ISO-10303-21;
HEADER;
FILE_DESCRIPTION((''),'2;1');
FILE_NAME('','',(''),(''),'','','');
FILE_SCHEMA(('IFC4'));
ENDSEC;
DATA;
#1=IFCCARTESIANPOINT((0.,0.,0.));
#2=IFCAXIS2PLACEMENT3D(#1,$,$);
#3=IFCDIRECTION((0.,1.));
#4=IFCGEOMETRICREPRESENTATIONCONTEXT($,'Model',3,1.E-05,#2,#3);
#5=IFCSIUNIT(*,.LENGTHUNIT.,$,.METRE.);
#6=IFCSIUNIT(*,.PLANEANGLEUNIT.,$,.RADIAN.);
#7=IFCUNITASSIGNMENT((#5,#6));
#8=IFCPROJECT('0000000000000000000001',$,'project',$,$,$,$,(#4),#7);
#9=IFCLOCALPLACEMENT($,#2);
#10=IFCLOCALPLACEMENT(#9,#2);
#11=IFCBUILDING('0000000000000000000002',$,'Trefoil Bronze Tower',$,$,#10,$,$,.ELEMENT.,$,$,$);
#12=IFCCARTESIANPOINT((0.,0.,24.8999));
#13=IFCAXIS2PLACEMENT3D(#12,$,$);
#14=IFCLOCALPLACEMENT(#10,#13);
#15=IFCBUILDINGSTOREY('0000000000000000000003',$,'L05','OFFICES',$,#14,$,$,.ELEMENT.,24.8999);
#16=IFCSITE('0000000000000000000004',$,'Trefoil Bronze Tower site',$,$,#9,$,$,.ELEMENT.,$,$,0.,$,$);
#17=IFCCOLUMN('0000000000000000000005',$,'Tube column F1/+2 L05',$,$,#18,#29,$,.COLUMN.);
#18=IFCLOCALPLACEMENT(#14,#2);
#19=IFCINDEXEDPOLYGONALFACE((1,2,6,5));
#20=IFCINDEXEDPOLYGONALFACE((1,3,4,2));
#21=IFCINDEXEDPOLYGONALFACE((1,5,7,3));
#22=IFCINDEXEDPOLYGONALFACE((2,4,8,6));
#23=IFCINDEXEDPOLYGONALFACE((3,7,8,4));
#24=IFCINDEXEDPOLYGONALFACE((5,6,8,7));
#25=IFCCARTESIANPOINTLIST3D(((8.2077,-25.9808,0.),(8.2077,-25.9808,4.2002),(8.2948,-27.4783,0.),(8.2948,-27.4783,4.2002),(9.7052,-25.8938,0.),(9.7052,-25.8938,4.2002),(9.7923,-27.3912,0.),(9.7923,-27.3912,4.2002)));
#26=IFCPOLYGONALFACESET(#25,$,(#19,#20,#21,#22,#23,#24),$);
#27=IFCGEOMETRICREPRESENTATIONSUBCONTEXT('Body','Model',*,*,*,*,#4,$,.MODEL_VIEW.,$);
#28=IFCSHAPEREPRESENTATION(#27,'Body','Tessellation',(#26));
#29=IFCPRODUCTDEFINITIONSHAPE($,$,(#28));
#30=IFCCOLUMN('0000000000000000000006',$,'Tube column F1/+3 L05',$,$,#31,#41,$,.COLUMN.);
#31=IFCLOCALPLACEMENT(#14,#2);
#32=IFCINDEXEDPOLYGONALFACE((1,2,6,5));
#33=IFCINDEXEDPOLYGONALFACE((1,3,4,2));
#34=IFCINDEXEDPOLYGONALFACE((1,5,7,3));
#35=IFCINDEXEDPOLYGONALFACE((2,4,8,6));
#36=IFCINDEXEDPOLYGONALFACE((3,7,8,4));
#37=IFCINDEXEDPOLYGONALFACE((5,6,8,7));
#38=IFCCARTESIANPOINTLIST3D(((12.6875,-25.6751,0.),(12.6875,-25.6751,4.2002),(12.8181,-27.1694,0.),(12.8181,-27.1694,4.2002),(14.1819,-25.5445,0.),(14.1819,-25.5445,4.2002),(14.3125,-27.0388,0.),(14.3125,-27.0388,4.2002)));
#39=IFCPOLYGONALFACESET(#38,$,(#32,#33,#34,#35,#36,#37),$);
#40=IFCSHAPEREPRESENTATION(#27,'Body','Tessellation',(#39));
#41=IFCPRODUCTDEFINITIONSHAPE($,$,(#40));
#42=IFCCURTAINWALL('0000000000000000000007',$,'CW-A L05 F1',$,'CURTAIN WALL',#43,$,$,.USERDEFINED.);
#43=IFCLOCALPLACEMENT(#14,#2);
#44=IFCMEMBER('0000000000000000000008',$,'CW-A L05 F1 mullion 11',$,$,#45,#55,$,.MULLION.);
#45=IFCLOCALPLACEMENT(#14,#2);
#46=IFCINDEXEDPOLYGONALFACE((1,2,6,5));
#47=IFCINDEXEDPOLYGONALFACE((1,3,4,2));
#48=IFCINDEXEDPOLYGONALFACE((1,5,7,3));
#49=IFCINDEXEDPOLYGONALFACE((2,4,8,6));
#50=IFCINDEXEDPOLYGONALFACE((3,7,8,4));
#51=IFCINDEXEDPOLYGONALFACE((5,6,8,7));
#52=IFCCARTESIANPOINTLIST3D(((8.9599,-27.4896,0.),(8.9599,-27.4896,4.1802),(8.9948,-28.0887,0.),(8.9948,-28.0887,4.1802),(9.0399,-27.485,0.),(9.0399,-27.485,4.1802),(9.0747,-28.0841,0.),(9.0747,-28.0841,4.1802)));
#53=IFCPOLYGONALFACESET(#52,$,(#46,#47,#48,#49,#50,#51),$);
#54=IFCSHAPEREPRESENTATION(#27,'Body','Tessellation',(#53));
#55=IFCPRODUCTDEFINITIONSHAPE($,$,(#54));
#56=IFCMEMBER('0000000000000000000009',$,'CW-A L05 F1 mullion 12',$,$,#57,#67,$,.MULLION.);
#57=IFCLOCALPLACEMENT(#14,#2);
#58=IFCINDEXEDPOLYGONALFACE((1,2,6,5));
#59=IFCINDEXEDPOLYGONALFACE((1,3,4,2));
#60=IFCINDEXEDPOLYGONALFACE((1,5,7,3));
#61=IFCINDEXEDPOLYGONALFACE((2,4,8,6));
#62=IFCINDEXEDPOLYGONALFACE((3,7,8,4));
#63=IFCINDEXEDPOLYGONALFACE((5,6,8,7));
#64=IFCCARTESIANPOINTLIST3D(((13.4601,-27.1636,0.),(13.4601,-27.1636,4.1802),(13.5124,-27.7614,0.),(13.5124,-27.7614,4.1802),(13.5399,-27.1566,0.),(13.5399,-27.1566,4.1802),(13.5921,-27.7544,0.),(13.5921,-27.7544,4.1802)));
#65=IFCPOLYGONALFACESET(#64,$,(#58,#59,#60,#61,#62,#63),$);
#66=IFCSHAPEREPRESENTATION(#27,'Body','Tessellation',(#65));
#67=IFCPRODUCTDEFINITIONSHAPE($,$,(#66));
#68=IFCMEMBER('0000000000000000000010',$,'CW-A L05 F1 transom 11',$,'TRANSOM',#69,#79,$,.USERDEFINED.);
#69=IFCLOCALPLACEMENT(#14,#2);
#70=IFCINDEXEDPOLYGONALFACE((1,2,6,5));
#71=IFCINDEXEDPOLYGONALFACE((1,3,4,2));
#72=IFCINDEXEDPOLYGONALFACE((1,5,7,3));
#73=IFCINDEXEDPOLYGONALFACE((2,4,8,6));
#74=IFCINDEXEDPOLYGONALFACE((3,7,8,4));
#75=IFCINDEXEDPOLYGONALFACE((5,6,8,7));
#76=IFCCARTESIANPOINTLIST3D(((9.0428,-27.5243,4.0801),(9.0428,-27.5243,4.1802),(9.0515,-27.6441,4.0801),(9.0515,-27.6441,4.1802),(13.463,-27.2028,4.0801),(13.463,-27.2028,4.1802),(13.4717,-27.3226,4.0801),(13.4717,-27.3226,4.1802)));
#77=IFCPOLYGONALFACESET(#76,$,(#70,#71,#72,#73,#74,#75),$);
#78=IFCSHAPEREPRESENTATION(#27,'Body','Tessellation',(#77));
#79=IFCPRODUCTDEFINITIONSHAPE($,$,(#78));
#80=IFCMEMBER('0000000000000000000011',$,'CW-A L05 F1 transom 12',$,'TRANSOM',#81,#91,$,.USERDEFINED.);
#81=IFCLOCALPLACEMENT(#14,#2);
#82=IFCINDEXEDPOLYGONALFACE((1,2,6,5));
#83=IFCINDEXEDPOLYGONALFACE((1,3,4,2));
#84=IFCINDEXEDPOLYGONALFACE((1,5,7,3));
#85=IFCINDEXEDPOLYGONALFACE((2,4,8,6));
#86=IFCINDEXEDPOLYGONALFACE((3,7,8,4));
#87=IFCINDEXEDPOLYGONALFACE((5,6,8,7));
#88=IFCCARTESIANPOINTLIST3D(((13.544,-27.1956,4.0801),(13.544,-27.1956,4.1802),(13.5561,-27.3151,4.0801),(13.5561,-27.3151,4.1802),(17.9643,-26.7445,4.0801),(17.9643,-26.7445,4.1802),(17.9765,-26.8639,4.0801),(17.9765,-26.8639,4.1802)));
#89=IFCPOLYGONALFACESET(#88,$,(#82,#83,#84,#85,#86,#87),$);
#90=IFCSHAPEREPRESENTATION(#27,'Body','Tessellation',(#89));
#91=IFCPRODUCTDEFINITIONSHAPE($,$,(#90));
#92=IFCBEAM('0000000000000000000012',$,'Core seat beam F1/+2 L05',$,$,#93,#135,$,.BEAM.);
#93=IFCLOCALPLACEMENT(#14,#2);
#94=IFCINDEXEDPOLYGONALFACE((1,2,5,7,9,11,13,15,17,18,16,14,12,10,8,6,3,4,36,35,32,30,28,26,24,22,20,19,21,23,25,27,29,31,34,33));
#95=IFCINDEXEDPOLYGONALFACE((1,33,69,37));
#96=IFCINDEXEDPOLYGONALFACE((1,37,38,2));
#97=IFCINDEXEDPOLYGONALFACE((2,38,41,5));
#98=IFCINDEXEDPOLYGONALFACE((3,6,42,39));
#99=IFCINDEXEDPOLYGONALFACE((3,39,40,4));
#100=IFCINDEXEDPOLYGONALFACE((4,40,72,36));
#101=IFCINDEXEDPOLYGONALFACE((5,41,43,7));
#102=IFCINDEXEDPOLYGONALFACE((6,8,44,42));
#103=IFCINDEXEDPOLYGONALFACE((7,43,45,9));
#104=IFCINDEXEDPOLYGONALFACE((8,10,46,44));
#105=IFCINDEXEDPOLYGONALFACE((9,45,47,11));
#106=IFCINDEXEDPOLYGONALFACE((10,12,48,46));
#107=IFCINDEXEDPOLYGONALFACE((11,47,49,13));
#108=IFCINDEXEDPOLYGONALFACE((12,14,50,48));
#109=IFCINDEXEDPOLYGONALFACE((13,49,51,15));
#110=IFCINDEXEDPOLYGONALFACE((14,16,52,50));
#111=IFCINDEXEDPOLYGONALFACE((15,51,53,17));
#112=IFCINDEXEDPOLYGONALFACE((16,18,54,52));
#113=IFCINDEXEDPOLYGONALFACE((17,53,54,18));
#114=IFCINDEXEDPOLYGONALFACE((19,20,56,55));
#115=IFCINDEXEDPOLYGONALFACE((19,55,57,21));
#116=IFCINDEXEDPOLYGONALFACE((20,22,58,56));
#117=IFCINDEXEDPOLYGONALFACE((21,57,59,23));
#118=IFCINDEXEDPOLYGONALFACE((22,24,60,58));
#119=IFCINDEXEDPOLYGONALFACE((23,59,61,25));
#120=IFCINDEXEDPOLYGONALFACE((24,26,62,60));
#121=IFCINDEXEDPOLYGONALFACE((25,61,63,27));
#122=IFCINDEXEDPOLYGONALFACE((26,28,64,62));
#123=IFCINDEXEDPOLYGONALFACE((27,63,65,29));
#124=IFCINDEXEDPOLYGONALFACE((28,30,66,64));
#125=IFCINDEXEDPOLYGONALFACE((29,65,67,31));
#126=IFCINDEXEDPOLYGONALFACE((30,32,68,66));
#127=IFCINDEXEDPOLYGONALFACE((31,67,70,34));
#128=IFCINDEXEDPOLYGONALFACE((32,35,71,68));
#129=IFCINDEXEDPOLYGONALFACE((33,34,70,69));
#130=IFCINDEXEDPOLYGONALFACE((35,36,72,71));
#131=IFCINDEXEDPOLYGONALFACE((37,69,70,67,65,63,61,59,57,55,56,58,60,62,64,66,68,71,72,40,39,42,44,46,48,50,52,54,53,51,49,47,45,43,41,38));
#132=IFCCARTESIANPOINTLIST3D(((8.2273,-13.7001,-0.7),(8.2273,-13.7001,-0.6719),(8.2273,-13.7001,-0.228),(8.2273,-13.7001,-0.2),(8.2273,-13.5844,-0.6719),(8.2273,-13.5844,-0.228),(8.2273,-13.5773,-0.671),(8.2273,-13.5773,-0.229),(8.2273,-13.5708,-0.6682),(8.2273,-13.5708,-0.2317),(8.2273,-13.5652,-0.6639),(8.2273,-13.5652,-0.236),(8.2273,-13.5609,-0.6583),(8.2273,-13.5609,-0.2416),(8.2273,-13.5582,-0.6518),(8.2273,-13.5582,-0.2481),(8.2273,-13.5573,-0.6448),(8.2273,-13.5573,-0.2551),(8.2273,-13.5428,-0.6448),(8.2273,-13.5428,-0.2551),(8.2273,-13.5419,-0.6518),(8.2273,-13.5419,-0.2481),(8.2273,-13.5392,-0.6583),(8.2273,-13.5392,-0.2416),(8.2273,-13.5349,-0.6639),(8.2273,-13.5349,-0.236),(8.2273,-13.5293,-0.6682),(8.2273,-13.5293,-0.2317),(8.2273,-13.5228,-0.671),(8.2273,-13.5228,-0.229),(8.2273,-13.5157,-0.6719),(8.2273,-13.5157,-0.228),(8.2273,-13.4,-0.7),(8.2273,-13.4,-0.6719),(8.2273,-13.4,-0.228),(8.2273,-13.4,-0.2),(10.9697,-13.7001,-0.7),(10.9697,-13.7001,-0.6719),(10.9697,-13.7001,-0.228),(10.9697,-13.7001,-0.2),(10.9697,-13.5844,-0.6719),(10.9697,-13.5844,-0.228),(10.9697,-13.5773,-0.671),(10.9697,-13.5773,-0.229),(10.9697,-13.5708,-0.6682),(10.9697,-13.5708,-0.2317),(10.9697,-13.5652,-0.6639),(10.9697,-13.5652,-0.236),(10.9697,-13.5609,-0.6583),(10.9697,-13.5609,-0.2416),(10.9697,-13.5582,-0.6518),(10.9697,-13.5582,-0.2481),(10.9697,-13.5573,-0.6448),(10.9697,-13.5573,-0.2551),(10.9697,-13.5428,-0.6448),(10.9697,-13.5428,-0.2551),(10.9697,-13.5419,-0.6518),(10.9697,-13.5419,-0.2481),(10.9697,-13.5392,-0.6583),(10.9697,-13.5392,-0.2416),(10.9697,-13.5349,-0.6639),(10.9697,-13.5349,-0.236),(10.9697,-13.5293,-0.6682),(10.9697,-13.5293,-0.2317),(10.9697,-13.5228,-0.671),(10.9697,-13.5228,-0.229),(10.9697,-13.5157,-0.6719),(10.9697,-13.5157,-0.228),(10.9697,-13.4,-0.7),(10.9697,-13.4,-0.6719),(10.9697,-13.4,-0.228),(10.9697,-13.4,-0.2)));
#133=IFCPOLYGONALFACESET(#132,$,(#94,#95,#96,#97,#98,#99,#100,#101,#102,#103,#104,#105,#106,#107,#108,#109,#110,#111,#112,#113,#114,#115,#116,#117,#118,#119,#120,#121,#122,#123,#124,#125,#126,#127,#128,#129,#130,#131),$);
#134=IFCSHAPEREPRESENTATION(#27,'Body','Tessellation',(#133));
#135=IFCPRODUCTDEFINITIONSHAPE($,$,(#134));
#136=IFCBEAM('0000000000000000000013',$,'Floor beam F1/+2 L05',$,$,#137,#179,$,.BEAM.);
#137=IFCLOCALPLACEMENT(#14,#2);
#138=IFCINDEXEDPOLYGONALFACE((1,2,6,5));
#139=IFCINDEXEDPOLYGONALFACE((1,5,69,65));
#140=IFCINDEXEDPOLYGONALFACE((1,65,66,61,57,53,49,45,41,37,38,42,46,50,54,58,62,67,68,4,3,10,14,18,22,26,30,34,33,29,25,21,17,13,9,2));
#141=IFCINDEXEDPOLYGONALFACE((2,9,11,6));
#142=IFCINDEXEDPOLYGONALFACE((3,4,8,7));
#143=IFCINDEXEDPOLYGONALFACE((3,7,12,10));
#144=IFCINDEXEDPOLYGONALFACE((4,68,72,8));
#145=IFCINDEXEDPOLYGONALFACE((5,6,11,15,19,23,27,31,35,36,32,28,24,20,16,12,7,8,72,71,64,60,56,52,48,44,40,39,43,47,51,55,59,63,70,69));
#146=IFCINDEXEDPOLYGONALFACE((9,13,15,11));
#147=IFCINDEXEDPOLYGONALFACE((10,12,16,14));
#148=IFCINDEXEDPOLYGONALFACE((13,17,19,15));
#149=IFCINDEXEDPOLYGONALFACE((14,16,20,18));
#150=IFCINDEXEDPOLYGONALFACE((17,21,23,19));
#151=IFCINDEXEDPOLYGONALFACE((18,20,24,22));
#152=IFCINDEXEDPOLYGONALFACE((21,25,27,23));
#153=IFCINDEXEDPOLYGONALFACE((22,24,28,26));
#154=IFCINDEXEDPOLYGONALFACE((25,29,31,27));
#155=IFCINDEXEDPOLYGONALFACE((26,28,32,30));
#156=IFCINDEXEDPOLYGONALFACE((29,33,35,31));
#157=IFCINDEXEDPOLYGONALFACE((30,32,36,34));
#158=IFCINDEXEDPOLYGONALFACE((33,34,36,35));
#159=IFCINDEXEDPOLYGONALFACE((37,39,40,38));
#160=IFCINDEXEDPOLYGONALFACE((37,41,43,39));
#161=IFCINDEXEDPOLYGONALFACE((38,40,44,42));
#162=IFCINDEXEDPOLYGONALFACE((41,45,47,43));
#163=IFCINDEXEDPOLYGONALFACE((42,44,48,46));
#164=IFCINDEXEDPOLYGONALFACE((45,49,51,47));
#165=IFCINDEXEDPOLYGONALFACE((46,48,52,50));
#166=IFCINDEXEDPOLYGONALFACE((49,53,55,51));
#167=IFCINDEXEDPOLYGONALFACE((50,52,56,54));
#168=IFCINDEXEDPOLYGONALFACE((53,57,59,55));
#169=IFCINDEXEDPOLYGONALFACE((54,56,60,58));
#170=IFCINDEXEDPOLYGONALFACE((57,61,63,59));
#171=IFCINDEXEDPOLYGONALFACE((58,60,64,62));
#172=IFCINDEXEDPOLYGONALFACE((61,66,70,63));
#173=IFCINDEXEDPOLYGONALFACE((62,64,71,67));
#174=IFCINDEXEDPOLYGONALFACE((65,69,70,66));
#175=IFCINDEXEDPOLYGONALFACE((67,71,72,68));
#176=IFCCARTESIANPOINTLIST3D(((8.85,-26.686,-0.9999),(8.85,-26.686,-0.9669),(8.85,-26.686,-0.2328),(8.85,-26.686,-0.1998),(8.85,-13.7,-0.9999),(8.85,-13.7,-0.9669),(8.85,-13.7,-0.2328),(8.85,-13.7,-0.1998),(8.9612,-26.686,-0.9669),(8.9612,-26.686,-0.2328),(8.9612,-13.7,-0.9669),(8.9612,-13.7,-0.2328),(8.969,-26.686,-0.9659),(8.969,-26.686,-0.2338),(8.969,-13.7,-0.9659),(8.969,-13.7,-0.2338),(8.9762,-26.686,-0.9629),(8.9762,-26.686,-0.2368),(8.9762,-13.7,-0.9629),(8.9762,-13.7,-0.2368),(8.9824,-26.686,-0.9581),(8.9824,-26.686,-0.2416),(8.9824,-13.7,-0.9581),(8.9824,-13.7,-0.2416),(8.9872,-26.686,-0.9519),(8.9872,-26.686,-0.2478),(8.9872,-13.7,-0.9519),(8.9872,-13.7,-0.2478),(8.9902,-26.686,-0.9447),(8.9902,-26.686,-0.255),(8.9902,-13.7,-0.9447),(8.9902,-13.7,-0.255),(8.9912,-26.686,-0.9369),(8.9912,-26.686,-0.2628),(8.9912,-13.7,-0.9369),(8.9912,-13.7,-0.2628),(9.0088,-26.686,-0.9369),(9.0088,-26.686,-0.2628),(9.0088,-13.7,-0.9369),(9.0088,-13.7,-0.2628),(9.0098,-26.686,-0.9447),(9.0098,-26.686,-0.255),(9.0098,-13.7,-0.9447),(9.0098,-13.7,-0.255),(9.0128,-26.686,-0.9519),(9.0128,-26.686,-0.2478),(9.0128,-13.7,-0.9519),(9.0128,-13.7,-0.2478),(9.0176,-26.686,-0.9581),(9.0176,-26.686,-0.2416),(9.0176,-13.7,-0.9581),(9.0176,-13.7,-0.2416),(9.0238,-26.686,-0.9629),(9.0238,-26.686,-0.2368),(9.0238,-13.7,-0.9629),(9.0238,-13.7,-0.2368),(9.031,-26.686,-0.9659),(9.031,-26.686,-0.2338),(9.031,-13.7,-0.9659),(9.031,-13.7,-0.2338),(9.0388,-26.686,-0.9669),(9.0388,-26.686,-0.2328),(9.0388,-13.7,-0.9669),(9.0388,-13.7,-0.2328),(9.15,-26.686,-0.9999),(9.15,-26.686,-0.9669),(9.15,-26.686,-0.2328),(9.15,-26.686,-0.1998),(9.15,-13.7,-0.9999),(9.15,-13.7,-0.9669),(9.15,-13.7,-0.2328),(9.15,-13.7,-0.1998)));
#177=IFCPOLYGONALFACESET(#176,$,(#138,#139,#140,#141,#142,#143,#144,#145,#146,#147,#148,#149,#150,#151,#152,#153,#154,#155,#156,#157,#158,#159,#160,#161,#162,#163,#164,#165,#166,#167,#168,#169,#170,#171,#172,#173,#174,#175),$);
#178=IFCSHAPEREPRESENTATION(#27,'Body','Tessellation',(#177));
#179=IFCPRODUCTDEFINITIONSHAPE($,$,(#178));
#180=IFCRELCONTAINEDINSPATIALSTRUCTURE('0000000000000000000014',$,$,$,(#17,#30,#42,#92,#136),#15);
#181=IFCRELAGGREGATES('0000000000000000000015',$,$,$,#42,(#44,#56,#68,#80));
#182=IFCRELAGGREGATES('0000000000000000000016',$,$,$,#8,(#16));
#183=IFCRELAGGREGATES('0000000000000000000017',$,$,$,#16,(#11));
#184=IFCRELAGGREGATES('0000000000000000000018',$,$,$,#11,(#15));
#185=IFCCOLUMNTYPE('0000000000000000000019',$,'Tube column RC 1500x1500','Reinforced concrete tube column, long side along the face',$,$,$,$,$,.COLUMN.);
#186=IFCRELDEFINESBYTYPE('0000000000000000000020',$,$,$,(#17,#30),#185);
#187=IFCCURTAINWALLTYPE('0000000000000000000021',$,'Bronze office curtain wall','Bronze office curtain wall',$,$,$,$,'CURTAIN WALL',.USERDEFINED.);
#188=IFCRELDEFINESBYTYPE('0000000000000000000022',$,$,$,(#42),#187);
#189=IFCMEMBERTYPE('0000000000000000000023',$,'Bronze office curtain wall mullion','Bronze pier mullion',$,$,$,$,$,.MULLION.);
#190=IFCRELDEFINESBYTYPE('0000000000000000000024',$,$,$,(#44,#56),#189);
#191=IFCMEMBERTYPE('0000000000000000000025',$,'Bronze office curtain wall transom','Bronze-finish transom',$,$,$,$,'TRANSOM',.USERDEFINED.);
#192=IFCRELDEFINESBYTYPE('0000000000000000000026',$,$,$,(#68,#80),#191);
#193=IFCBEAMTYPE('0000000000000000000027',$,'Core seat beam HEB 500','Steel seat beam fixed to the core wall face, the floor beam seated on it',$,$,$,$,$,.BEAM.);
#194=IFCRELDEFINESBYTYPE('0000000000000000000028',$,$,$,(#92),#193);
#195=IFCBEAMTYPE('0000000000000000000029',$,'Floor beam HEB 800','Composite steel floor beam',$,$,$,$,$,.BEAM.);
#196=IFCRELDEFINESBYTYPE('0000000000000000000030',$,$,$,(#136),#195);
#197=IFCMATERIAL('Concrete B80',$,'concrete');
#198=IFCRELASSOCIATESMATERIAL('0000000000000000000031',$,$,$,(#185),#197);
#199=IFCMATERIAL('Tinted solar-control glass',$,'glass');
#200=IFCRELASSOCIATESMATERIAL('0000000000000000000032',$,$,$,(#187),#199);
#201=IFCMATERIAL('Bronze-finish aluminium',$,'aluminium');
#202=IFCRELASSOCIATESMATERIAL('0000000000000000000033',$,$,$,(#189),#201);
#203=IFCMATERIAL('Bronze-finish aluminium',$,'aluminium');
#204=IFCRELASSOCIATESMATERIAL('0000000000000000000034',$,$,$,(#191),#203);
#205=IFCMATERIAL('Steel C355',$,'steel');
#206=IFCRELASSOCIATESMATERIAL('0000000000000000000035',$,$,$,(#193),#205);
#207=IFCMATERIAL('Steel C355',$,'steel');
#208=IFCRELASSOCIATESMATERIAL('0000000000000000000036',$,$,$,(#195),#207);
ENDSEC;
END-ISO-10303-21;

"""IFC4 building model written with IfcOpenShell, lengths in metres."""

from ifc_helpers import new_model, si_unit, direction, frame, origin, origin_2d, place, context, subcontext, project, spatial, rectangle, i_section, extrude, material, material_profile, profile_set, type_object, element, aggregate, save


model = new_model("IFC4")

# Units and contexts
model_context = context("Model", 3, precision=1e-05, world=origin(), true_north=direction((0.0, 1.0)))
body_context = subcontext(model_context, "Body", "Model", "MODEL_VIEW")
ifc_project = project(units=[si_unit("LENGTHUNIT", "METRE"), si_unit("PLANEANGLEUNIT", "RADIAN")], contexts=[model_context])

# Site, building, storey
site_placement = place(None, origin())
site = spatial("IfcSite", under=ifc_project, at=site_placement, Name="Trefoil Bronze Tower site", CompositionType="ELEMENT", RefElevation=0.0)
building_placement = place(site_placement, origin())
building = spatial("IfcBuilding", under=site, at=building_placement, Name="Trefoil Bronze Tower", CompositionType="ELEMENT")
storey_placement = place(building_placement, frame((0.0, 0.0, 24.8999)))
storey = spatial("IfcBuildingStorey", under=building, at=storey_placement, Name="L05", Description="OFFICES", CompositionType="ELEMENT", Elevation=24.8999)

# Columns
ifc_material_1 = material(Name="Concrete B80", Category="concrete")
ifc_material_profile_1 = material_profile(ifc_material_1, rectangle(XDim=1.5, YDim=1.5, at=origin_2d()), Name="RC 1500x1500")
ifc_profile_set_1 = profile_set([ifc_material_profile_1], Name="Concrete B80")
column_type = type_object("IfcColumnType", Name="Tube column RC 1500x1500", Description="Reinforced concrete tube column, long side along the face", PredefinedType="COLUMN", material=ifc_profile_set_1)
for number, where, z_axis, x_axis, name in (
    (1, (9.0, -26.686, 0.0), (0.0, 0.0, 1.0), (0.998314, 0.058043, 0.0), "Tube column F1/+2 L05"),
    (2, (13.5, -26.3569, 0.0), (0.0, 0.0, 1.0), (0.996203, 0.087065, 0.0), "Tube column F1/+3 L05"),
):
    element("IfcColumn", number, at=place(storey_placement, frame(where, z_axis=z_axis, x_axis=x_axis)), inside=storey, type_object=column_type, Name=name, PredefinedType="COLUMN", context=body_context, shape_type="SweptSolid", body=[
        extrude(rectangle(XDim=1.5, YDim=1.5, at=origin_2d()), origin(), (0.0, 0.0, 1.0), 4.2002),
    ])

# Curtain wall, members
ifc_material_2 = material(Name="Tinted solar-control glass", Category="glass")
curtain_wall_type = type_object("IfcCurtainWallType", Name="Bronze office curtain wall", Description="Bronze office curtain wall", ElementType="CURTAIN WALL", PredefinedType="USERDEFINED", material=ifc_material_2)
curtain_wall_placement = place(storey_placement, origin())
curtain_wall = element("IfcCurtainWall", 3, at=curtain_wall_placement, inside=storey, type_object=curtain_wall_type, Name="CW-A L05 F1", ObjectType="CURTAIN WALL", PredefinedType="USERDEFINED")
ifc_material_3 = material(Name="Bronze-finish aluminium", Category="aluminium")
ifc_material_profile_2 = material_profile(ifc_material_3, rectangle(XDim=0.6001, YDim=0.0801, at=origin_2d()), Name="CW-A mullion")
ifc_profile_set_2 = profile_set([ifc_material_profile_2], Name="Bronze-finish aluminium")
member_type_1 = type_object("IfcMemberType", Name="Bronze office curtain wall mullion", Description="Bronze pier mullion", PredefinedType="MULLION", material=ifc_profile_set_2)
member_1_placement = place(storey_placement, frame((9.0173, -27.7869, 0.0), z_axis=(0.0, 0.0, 1.0), x_axis=(-0.058043, 0.998314, 0.0)))
member_1 = element("IfcMember", 4, at=member_1_placement, type_object=member_type_1, Name="CW-A L05 F1 mullion 11", PredefinedType="MULLION", context=body_context, shape_type="SweptSolid", body=[
    extrude(rectangle(XDim=0.6001, YDim=0.0801, at=origin_2d()), origin(), (0.0, 0.0, 1.0), 4.1802),
])
member_2_placement = place(storey_placement, frame((13.5261, -27.459, 0.0), z_axis=(0.0, 0.0, 1.0), x_axis=(-0.087065, 0.996203, 0.0)))
member_2 = element("IfcMember", 5, at=member_2_placement, type_object=member_type_1, Name="CW-A L05 F1 mullion 12", PredefinedType="MULLION", context=body_context, shape_type="SweptSolid", body=[
    extrude(rectangle(XDim=0.6001, YDim=0.0801, at=origin_2d()), origin(), (0.0, 0.0, 1.0), 4.1802),
])
ifc_material_4 = material(Name="Bronze-finish aluminium", Category="aluminium")
ifc_material_profile_3 = material_profile(ifc_material_4, rectangle(XDim=0.1201, YDim=0.1001, at=origin_2d()), Name="CW-A transom")
ifc_profile_set_3 = profile_set([ifc_material_profile_3], Name="Bronze-finish aluminium")
member_type_2 = type_object("IfcMemberType", Name="Bronze office curtain wall transom", Description="Bronze-finish transom", ElementType="TRANSOM", PredefinedType="USERDEFINED", material=ifc_profile_set_3)
member_3_placement = place(storey_placement, frame((9.0471, -27.5842, 4.1301), z_axis=(0.997365, 0.072551, 0.0), x_axis=(-0.072551, 0.997365, 0.0)))
member_3 = element("IfcMember", 6, at=member_3_placement, type_object=member_type_2, Name="CW-A L05 F1 transom 11", ObjectType="TRANSOM", PredefinedType="USERDEFINED", context=body_context, shape_type="SweptSolid", body=[
    extrude(rectangle(XDim=0.1201, YDim=0.1001, at=origin_2d()), origin(), (0.0, 0.0, 1.0), 4.4319),
])
member_4_placement = place(storey_placement, frame((13.55, -27.2554, 4.1301), z_axis=(0.994832, 0.101538, 0.0), x_axis=(-0.101538, 0.994832, 0.0)))
member_4 = element("IfcMember", 7, at=member_4_placement, type_object=member_type_2, Name="CW-A L05 F1 transom 12", ObjectType="TRANSOM", PredefinedType="USERDEFINED", context=body_context, shape_type="SweptSolid", body=[
    extrude(rectangle(XDim=0.1201, YDim=0.1001, at=origin_2d()), origin(), (0.0, 0.0, 1.0), 4.4434),
])

# Beams
ifc_material_5 = material(Name="Steel C355", Category="steel")
ifc_material_profile_4 = material_profile(ifc_material_5, i_section(OverallWidth=0.3, OverallDepth=0.5, WebThickness=0.0144, FlangeThickness=0.0281, FilletRadius=0.0271, at=origin_2d()), Name="HEB 500")
ifc_profile_set_4 = profile_set([ifc_material_profile_4], Name="Steel C355")
beam_type_1 = type_object("IfcBeamType", Name="Core seat beam HEB 500", Description="Steel seat beam fixed to the core wall face, the floor beam seated on it", PredefinedType="BEAM", material=ifc_profile_set_4)
beam_1_placement = place(storey_placement, frame((8.2273, -13.55, -0.45), z_axis=(1.0, 0.0, 0.0), x_axis=(0.0, 1.0, 0.0)))
element("IfcBeam", 8, at=beam_1_placement, inside=storey, type_object=beam_type_1, Name="Core seat beam F1/+2 L05", PredefinedType="BEAM", context=body_context, shape_type="SweptSolid", body=[
    extrude(i_section(OverallWidth=0.3, OverallDepth=0.5, WebThickness=0.0144, FlangeThickness=0.0281, FilletRadius=0.0271, at=origin_2d()), origin(), (0.0, 0.0, 1.0), 2.7424),
])
ifc_material_6 = material(Name="Steel C355", Category="steel")
ifc_material_profile_5 = material_profile(ifc_material_6, i_section(OverallWidth=0.3, OverallDepth=0.8, WebThickness=0.0176, FlangeThickness=0.033, FilletRadius=0.03, at=origin_2d()), Name="HEB 800")
ifc_profile_set_5 = profile_set([ifc_material_profile_5], Name="Steel C355")
beam_type_2 = type_object("IfcBeamType", Name="Floor beam HEB 800", Description="Composite steel floor beam", PredefinedType="BEAM", material=ifc_profile_set_5)
beam_2_placement = place(storey_placement, frame((9.0, -26.686, -0.5999), z_axis=(0.0, 1.0, 0.0), x_axis=(-1.0, 0.0, 0.0)))
element("IfcBeam", 9, at=beam_2_placement, inside=storey, type_object=beam_type_2, Name="Floor beam F1/+2 L05", PredefinedType="BEAM", context=body_context, shape_type="SweptSolid", body=[
    extrude(i_section(OverallWidth=0.3, OverallDepth=0.8, WebThickness=0.0176, FlangeThickness=0.033, FilletRadius=0.03, at=origin_2d()), origin(), (0.0, 0.0, 1.0), 12.9861),
])

aggregate(curtain_wall, [member_1, member_2, member_3, member_4])

save(model, "model.ifc")
